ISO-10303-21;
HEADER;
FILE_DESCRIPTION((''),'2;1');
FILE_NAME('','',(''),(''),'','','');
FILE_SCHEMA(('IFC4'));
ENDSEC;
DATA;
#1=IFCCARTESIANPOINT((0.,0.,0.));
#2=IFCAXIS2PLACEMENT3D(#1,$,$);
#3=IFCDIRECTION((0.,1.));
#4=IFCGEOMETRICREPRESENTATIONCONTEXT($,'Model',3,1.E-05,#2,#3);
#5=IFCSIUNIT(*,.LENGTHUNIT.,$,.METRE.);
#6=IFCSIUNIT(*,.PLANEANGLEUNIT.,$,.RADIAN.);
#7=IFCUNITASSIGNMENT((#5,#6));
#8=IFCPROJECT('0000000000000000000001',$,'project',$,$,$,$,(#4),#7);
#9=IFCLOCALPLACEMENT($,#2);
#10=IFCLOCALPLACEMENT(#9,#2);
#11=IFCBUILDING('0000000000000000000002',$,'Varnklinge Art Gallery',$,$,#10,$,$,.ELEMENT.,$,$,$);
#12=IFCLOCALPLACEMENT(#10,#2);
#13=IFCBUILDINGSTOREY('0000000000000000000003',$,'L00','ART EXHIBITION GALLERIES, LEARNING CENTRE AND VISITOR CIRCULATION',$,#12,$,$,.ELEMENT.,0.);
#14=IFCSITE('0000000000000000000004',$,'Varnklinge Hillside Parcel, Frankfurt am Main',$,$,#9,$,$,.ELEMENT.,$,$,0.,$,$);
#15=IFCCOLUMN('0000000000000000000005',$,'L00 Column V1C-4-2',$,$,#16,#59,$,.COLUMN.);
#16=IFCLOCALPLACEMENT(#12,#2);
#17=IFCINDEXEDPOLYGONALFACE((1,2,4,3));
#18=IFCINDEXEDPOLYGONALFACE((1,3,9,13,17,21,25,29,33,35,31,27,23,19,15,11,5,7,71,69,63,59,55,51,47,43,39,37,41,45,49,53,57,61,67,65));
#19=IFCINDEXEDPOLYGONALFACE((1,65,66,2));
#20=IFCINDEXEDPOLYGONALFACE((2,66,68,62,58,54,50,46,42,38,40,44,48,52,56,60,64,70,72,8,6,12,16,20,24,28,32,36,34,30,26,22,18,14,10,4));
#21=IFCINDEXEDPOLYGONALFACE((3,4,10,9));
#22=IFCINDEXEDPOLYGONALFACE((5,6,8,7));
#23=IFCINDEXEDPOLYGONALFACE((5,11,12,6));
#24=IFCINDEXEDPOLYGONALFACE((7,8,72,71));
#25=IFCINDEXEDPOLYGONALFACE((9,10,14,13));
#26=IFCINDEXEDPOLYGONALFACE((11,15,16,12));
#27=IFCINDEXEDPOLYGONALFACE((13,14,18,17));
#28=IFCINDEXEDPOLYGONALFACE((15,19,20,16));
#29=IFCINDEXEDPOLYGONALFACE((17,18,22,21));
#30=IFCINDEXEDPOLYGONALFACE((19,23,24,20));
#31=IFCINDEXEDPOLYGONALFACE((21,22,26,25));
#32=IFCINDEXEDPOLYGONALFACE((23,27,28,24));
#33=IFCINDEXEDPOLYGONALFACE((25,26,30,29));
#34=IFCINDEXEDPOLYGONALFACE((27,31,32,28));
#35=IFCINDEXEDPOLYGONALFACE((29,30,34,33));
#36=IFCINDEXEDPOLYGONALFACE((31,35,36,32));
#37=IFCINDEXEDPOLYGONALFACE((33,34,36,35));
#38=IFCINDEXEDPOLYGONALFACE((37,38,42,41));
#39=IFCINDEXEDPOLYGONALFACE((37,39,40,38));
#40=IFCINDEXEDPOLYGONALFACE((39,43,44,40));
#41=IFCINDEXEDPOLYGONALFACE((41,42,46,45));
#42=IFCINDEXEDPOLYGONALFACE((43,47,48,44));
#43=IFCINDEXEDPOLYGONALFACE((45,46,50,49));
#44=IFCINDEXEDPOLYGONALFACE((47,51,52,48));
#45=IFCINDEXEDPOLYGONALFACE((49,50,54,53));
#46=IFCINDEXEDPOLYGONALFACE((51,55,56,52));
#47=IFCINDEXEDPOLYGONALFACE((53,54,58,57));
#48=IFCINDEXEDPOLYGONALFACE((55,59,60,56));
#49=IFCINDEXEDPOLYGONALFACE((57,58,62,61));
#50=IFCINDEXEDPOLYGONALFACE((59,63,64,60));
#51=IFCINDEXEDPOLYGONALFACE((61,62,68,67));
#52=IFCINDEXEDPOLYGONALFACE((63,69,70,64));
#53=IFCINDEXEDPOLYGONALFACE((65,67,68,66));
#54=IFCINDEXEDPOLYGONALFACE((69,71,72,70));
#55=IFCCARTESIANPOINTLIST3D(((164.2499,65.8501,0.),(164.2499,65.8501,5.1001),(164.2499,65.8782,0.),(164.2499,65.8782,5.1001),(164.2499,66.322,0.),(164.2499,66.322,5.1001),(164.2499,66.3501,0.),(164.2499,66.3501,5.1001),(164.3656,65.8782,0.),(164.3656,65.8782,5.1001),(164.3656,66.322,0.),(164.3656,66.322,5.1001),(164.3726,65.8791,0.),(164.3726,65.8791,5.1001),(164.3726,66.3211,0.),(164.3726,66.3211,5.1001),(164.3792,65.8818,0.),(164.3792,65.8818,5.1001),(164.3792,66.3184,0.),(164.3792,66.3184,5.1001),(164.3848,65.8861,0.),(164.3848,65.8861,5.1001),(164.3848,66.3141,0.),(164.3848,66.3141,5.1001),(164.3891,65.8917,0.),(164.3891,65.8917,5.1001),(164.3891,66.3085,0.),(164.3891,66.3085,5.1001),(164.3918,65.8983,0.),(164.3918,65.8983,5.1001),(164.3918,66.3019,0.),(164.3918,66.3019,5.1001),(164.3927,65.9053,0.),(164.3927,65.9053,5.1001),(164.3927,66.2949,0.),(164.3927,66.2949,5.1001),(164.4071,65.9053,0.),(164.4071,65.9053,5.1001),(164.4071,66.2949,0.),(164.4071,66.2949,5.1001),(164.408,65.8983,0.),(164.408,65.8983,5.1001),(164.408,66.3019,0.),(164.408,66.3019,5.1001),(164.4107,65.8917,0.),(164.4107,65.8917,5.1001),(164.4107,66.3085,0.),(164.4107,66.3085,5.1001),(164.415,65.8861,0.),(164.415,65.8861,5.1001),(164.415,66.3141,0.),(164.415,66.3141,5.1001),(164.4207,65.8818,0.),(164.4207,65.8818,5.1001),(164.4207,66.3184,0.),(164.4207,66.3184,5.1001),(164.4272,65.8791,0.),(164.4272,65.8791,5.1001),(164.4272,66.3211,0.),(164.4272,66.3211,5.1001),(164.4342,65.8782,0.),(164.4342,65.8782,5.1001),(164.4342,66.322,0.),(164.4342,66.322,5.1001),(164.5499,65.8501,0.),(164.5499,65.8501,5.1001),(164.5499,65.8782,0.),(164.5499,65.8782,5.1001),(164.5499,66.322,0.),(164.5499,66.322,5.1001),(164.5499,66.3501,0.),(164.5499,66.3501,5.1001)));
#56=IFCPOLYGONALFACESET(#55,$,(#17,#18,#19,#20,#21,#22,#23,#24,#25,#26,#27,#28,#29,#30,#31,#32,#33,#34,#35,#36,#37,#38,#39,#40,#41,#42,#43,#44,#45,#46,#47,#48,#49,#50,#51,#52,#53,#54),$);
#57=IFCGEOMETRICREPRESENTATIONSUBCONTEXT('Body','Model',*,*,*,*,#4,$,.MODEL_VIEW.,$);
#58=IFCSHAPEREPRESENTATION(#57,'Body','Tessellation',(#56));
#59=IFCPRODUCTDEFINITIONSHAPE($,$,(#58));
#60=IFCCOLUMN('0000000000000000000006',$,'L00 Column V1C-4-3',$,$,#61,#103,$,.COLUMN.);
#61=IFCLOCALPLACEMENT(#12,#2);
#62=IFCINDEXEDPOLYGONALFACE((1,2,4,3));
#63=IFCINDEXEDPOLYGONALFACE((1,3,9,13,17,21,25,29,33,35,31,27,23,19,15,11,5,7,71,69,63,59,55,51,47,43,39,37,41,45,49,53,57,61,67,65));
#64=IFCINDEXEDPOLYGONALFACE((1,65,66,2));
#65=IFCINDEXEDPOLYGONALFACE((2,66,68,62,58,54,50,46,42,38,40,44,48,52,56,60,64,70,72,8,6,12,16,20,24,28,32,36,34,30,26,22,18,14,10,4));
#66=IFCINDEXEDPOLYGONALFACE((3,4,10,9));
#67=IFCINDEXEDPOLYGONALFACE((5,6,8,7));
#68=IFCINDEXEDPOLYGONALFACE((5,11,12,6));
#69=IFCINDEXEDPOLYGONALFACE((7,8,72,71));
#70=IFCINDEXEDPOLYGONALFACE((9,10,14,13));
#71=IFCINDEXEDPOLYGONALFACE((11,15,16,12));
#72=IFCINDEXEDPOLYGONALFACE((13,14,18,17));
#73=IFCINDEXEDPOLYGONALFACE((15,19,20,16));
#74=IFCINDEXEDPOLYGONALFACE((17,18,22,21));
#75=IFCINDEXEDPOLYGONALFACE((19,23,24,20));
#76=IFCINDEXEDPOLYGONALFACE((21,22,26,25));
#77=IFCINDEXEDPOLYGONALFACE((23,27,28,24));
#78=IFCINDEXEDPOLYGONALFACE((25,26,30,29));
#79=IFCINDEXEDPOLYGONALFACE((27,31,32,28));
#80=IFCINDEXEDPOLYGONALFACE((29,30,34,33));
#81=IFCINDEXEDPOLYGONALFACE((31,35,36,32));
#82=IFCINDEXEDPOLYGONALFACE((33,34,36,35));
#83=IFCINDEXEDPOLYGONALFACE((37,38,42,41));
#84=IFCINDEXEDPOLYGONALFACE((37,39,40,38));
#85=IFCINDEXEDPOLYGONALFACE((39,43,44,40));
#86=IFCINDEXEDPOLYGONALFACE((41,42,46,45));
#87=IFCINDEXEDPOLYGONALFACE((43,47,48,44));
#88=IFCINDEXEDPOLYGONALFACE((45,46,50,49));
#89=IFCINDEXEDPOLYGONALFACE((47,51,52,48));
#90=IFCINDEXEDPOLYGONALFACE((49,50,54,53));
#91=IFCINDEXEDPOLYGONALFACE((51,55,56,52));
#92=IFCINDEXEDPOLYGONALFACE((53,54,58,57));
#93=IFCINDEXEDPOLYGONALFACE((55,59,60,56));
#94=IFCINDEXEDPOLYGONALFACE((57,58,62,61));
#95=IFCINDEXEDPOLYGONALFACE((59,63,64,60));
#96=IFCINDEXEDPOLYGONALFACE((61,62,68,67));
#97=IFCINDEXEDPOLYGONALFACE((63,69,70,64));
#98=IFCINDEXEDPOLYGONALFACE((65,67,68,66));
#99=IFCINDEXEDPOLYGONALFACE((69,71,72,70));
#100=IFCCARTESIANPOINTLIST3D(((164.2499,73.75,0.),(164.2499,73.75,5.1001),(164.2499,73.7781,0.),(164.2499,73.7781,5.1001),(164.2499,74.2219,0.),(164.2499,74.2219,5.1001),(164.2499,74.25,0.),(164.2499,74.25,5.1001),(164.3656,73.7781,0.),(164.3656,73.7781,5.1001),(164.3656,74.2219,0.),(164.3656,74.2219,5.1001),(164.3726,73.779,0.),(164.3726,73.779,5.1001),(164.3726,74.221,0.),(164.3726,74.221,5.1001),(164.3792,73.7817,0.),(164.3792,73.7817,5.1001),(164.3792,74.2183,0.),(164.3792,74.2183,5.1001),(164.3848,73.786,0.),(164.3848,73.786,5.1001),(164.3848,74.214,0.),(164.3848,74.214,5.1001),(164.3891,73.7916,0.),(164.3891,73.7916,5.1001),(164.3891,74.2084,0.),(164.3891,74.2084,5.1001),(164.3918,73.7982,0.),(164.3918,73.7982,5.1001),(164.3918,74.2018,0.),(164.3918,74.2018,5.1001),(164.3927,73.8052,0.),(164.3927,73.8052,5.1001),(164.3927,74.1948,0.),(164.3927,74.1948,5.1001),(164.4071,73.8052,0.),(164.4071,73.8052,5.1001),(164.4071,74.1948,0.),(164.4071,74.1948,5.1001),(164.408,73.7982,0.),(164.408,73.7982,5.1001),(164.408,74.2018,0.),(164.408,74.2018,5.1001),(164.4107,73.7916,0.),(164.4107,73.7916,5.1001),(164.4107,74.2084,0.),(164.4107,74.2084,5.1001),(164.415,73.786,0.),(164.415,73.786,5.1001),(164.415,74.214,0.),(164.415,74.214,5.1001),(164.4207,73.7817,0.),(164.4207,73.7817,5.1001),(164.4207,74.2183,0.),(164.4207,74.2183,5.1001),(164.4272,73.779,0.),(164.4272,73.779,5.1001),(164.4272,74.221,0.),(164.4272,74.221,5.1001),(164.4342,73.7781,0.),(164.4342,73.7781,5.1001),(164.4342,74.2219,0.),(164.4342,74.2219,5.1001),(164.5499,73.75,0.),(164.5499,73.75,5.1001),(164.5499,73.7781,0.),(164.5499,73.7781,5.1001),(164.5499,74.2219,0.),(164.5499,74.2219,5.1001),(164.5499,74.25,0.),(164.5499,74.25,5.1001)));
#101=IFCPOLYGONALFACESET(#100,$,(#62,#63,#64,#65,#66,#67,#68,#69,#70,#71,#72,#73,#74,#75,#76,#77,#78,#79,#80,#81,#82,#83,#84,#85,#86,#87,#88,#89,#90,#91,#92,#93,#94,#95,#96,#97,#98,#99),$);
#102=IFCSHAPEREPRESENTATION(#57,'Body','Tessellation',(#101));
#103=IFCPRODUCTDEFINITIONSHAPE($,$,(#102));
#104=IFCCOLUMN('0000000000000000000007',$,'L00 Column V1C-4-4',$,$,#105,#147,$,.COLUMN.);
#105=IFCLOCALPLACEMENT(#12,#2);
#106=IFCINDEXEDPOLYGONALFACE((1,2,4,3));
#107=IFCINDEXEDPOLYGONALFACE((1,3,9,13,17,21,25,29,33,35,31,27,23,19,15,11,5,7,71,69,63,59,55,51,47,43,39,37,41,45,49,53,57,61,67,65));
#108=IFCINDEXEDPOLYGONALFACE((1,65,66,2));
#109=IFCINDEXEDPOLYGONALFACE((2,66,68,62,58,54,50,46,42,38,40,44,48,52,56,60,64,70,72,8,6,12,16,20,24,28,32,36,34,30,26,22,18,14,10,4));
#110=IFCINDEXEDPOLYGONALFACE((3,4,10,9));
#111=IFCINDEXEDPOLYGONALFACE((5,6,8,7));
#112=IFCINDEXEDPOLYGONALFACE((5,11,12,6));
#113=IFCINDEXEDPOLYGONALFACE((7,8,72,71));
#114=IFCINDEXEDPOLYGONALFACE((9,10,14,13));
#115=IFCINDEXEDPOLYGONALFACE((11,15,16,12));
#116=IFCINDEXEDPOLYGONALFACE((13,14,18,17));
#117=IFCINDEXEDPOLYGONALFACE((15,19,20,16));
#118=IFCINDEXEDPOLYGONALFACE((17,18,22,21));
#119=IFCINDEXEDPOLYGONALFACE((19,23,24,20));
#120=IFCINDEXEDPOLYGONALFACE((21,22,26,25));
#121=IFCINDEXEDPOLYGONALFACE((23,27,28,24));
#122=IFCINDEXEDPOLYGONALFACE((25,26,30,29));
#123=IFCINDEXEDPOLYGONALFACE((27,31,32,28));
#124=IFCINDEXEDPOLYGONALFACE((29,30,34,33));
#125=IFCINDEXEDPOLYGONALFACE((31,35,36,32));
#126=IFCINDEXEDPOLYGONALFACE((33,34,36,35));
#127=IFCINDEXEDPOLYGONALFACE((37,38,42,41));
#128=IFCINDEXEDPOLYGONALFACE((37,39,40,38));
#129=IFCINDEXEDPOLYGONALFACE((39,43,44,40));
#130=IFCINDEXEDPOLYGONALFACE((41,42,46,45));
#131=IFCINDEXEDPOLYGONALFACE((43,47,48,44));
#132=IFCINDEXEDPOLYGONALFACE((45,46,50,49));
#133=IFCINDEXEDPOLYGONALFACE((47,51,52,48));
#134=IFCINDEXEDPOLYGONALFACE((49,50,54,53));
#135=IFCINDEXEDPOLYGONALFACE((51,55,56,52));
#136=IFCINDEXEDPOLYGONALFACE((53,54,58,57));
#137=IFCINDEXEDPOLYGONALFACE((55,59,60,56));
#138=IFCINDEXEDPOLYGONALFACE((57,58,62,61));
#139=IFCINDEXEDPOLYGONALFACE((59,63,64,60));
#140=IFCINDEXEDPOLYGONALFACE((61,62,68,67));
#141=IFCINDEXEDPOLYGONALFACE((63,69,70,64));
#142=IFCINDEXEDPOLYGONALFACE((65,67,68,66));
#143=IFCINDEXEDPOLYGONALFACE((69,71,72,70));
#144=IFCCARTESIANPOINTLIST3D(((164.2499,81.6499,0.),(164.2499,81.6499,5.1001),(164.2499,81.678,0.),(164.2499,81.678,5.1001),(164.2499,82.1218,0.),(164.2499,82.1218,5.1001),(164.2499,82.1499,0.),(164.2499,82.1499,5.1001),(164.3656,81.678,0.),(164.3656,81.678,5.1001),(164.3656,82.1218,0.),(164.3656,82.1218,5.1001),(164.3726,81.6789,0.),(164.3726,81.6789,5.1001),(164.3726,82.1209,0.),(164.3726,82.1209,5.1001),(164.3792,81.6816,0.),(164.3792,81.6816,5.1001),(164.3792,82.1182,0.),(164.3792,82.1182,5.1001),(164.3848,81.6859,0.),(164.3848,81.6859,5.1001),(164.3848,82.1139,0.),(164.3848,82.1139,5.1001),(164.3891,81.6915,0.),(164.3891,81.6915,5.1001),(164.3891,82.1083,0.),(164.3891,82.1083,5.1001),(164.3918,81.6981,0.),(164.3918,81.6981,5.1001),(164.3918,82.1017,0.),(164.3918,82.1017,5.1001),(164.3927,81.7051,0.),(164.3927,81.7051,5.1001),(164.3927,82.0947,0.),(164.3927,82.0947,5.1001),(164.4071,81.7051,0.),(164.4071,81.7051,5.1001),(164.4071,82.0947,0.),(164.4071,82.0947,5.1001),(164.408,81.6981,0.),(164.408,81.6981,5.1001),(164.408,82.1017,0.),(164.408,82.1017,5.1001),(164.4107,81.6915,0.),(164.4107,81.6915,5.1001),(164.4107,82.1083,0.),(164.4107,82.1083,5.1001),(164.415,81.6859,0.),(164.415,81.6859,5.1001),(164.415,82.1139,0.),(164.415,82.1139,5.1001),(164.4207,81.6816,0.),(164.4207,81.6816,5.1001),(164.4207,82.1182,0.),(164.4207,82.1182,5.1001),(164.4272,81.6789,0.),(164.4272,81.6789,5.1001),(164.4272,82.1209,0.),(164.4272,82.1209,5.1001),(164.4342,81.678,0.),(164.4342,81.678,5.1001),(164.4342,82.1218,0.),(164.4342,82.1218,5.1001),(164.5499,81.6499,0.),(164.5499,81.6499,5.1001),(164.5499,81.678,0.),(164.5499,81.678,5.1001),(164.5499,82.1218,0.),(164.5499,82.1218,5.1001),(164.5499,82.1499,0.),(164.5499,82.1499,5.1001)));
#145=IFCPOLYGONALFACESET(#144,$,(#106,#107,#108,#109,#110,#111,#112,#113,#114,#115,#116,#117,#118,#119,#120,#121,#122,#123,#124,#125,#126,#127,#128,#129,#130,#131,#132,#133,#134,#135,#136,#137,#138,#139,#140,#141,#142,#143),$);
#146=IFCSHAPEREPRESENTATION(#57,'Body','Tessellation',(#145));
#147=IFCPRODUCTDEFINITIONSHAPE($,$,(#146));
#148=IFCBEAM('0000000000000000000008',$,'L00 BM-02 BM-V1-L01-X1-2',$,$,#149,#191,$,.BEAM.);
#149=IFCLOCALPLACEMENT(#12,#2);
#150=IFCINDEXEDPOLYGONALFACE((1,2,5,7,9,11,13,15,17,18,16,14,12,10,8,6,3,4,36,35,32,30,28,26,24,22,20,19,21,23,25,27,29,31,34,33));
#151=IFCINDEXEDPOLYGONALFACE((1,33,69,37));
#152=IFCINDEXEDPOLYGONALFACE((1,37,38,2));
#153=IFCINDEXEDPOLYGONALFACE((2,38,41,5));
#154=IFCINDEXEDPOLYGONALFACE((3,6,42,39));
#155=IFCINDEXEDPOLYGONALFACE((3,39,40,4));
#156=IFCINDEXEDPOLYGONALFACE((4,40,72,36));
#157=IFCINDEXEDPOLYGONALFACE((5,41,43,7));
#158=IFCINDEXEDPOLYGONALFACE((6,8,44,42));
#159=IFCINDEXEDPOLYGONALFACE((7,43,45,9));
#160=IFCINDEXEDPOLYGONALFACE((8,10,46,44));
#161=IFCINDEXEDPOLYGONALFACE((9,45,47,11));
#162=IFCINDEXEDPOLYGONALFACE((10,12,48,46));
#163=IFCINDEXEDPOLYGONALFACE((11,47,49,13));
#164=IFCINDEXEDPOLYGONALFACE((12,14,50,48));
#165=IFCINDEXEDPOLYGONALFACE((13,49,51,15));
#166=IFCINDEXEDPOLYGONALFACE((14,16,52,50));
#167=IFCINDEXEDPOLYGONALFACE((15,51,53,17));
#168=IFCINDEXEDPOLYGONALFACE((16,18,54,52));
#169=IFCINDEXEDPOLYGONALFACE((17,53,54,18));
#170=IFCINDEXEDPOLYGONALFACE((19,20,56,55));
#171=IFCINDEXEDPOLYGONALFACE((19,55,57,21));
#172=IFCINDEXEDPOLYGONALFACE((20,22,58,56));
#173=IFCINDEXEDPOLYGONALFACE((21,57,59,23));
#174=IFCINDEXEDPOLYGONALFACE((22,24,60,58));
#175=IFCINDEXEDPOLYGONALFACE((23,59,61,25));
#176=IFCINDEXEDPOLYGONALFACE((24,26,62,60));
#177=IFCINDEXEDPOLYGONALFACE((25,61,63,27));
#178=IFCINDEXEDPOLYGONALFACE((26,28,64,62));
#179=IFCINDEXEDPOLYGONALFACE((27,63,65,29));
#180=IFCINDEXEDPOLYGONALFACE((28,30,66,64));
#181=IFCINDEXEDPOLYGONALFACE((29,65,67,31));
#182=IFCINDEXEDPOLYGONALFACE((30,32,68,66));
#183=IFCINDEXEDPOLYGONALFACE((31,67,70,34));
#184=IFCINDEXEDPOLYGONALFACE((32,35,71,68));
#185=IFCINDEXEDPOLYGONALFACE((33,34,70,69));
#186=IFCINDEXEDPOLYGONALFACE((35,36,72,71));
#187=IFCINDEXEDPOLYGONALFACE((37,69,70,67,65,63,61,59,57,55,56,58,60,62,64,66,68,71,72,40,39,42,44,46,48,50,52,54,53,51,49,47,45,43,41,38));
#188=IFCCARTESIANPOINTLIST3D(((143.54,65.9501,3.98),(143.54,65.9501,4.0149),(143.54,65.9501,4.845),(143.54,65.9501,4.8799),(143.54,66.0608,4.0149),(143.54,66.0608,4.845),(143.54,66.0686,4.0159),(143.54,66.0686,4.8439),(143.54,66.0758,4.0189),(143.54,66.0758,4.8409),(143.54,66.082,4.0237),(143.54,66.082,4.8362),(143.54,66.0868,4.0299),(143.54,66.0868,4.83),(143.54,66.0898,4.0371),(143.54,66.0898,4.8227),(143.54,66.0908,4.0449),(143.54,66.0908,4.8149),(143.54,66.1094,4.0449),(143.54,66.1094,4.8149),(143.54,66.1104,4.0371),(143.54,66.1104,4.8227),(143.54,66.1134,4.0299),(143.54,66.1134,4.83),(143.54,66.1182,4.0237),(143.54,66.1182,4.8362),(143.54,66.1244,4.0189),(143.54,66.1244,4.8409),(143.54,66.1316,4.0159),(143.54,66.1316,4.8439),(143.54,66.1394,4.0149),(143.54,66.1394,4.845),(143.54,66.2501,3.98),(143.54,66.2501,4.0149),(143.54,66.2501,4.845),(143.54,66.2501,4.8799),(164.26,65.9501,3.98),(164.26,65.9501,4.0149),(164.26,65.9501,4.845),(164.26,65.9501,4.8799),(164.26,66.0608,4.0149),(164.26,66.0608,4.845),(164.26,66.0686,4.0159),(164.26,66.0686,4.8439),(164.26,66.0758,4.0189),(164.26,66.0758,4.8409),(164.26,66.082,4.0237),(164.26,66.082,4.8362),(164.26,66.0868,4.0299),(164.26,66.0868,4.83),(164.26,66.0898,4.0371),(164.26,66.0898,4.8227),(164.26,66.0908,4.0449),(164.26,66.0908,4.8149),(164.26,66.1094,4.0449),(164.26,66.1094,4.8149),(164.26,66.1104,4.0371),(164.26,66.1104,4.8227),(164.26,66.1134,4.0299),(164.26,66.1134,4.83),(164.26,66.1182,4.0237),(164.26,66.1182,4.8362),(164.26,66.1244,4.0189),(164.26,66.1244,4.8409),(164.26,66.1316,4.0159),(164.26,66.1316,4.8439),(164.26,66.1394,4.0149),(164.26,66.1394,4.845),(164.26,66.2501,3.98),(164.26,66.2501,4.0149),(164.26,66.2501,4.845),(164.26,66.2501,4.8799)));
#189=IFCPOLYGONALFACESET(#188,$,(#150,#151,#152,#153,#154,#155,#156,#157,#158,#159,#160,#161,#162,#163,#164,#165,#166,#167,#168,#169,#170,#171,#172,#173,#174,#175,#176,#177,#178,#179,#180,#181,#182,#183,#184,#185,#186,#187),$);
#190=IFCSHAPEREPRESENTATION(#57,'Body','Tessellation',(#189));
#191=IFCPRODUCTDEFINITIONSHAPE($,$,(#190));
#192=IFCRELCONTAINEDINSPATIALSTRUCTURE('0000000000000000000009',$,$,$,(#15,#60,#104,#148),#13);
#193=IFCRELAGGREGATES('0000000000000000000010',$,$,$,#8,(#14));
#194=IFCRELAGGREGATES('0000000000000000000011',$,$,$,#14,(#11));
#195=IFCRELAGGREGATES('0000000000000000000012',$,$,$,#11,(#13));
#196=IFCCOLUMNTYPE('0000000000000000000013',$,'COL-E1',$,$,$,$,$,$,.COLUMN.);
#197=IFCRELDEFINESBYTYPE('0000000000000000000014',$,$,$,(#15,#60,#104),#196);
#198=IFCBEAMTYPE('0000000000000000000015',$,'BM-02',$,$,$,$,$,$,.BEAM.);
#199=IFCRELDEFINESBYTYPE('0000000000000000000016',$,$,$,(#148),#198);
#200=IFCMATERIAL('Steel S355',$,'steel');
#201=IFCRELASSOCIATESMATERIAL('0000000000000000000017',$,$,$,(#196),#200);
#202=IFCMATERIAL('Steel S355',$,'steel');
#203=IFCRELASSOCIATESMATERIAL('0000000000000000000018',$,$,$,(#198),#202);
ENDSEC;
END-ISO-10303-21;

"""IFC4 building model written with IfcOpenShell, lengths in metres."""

from ifc_helpers import new_model, si_unit, direction, frame, origin, origin_2d, place, context, subcontext, project, spatial, i_section, extrude, material, material_profile, profile_set, type_object, element, save


model = new_model("IFC4")

# Units and contexts
model_context = context("Model", 3, precision=1e-05, world=origin(), true_north=direction((0.0, 1.0)))
body_context = subcontext(model_context, "Body", "Model", "MODEL_VIEW")
ifc_project = project(units=[si_unit("LENGTHUNIT", "METRE"), si_unit("PLANEANGLEUNIT", "RADIAN")], contexts=[model_context])

# Site, building, storey
site_placement = place(None, origin())
site = spatial("IfcSite", under=ifc_project, at=site_placement, Name="Varnklinge Hillside Parcel, Frankfurt am Main", CompositionType="ELEMENT", RefElevation=0.0)
building_placement = place(site_placement, origin())
building = spatial("IfcBuilding", under=site, at=building_placement, Name="Varnklinge Art Gallery", CompositionType="ELEMENT")
storey_placement = place(building_placement, origin())
storey = spatial("IfcBuildingStorey", under=building, at=storey_placement, Name="L00", Description="ART EXHIBITION GALLERIES, LEARNING CENTRE AND VISITOR CIRCULATION", CompositionType="ELEMENT", Elevation=0.0)

# Columns
ifc_material_1 = material(Name="Steel S355", Category="steel")
ifc_material_profile_1 = material_profile(ifc_material_1, i_section(OverallWidth=0.3, OverallDepth=0.5, WebThickness=0.0144, FlangeThickness=0.0281, FilletRadius=0.0271, at=origin_2d()), Name="HEB 500")
ifc_profile_set_1 = profile_set([ifc_material_profile_1], Name="Steel S355")
column_type = type_object("IfcColumnType", Name="COL-E1", PredefinedType="COLUMN", material=ifc_profile_set_1)
for number, where, z_axis, x_axis, name in (
    (1, (164.3999, 66.1001, 0.0), (0.0, 0.0, 1.0), (1.0, 0.0, 0.0), "L00 Column V1C-4-2"),
    (2, (164.3999, 74.0, 0.0), (0.0, 0.0, 1.0), (1.0, 0.0, 0.0), "L00 Column V1C-4-3"),
    (3, (164.3999, 81.8999, 0.0), (0.0, 0.0, 1.0), (1.0, 0.0, 0.0), "L00 Column V1C-4-4"),
):
    element("IfcColumn", number, at=place(storey_placement, frame(where, z_axis=z_axis, x_axis=x_axis)), inside=storey, type_object=column_type, Name=name, PredefinedType="COLUMN", context=body_context, shape_type="SweptSolid", body=[
        extrude(i_section(OverallWidth=0.3, OverallDepth=0.5, WebThickness=0.0144, FlangeThickness=0.0281, FilletRadius=0.0271, at=origin_2d()), origin(), (0.0, 0.0, 1.0), 5.1001),
    ])

# Beam
ifc_material_2 = material(Name="Steel S355", Category="steel")
ifc_material_profile_2 = material_profile(ifc_material_2, i_section(OverallWidth=0.3, OverallDepth=0.8999, WebThickness=0.0186, FlangeThickness=0.0349, FilletRadius=0.03, at=origin_2d()), Name="HEB 900")
ifc_profile_set_2 = profile_set([ifc_material_profile_2], Name="Steel S355")
beam_type_1 = type_object("IfcBeamType", Name="BM-02", PredefinedType="BEAM", material=ifc_profile_set_2)
for number, where, z_axis, x_axis, name in (
    (4, (143.54, 66.1001, 4.4299), (1.0, 0.0, 0.0), (0.0, 1.0, 0.0), "L00 BM-02 BM-V1-L01-X1-2"),
):
    element("IfcBeam", number, at=place(storey_placement, frame(where, z_axis=z_axis, x_axis=x_axis)), inside=storey, type_object=beam_type_1, Name=name, PredefinedType="BEAM", context=body_context, shape_type="SweptSolid", body=[
        extrude(i_section(OverallWidth=0.3, OverallDepth=0.8999, WebThickness=0.0186, FlangeThickness=0.0349, FilletRadius=0.03, at=origin_2d()), origin(), (0.0, 0.0, 1.0), 20.72),
    ])

save(model, "model.ifc")
